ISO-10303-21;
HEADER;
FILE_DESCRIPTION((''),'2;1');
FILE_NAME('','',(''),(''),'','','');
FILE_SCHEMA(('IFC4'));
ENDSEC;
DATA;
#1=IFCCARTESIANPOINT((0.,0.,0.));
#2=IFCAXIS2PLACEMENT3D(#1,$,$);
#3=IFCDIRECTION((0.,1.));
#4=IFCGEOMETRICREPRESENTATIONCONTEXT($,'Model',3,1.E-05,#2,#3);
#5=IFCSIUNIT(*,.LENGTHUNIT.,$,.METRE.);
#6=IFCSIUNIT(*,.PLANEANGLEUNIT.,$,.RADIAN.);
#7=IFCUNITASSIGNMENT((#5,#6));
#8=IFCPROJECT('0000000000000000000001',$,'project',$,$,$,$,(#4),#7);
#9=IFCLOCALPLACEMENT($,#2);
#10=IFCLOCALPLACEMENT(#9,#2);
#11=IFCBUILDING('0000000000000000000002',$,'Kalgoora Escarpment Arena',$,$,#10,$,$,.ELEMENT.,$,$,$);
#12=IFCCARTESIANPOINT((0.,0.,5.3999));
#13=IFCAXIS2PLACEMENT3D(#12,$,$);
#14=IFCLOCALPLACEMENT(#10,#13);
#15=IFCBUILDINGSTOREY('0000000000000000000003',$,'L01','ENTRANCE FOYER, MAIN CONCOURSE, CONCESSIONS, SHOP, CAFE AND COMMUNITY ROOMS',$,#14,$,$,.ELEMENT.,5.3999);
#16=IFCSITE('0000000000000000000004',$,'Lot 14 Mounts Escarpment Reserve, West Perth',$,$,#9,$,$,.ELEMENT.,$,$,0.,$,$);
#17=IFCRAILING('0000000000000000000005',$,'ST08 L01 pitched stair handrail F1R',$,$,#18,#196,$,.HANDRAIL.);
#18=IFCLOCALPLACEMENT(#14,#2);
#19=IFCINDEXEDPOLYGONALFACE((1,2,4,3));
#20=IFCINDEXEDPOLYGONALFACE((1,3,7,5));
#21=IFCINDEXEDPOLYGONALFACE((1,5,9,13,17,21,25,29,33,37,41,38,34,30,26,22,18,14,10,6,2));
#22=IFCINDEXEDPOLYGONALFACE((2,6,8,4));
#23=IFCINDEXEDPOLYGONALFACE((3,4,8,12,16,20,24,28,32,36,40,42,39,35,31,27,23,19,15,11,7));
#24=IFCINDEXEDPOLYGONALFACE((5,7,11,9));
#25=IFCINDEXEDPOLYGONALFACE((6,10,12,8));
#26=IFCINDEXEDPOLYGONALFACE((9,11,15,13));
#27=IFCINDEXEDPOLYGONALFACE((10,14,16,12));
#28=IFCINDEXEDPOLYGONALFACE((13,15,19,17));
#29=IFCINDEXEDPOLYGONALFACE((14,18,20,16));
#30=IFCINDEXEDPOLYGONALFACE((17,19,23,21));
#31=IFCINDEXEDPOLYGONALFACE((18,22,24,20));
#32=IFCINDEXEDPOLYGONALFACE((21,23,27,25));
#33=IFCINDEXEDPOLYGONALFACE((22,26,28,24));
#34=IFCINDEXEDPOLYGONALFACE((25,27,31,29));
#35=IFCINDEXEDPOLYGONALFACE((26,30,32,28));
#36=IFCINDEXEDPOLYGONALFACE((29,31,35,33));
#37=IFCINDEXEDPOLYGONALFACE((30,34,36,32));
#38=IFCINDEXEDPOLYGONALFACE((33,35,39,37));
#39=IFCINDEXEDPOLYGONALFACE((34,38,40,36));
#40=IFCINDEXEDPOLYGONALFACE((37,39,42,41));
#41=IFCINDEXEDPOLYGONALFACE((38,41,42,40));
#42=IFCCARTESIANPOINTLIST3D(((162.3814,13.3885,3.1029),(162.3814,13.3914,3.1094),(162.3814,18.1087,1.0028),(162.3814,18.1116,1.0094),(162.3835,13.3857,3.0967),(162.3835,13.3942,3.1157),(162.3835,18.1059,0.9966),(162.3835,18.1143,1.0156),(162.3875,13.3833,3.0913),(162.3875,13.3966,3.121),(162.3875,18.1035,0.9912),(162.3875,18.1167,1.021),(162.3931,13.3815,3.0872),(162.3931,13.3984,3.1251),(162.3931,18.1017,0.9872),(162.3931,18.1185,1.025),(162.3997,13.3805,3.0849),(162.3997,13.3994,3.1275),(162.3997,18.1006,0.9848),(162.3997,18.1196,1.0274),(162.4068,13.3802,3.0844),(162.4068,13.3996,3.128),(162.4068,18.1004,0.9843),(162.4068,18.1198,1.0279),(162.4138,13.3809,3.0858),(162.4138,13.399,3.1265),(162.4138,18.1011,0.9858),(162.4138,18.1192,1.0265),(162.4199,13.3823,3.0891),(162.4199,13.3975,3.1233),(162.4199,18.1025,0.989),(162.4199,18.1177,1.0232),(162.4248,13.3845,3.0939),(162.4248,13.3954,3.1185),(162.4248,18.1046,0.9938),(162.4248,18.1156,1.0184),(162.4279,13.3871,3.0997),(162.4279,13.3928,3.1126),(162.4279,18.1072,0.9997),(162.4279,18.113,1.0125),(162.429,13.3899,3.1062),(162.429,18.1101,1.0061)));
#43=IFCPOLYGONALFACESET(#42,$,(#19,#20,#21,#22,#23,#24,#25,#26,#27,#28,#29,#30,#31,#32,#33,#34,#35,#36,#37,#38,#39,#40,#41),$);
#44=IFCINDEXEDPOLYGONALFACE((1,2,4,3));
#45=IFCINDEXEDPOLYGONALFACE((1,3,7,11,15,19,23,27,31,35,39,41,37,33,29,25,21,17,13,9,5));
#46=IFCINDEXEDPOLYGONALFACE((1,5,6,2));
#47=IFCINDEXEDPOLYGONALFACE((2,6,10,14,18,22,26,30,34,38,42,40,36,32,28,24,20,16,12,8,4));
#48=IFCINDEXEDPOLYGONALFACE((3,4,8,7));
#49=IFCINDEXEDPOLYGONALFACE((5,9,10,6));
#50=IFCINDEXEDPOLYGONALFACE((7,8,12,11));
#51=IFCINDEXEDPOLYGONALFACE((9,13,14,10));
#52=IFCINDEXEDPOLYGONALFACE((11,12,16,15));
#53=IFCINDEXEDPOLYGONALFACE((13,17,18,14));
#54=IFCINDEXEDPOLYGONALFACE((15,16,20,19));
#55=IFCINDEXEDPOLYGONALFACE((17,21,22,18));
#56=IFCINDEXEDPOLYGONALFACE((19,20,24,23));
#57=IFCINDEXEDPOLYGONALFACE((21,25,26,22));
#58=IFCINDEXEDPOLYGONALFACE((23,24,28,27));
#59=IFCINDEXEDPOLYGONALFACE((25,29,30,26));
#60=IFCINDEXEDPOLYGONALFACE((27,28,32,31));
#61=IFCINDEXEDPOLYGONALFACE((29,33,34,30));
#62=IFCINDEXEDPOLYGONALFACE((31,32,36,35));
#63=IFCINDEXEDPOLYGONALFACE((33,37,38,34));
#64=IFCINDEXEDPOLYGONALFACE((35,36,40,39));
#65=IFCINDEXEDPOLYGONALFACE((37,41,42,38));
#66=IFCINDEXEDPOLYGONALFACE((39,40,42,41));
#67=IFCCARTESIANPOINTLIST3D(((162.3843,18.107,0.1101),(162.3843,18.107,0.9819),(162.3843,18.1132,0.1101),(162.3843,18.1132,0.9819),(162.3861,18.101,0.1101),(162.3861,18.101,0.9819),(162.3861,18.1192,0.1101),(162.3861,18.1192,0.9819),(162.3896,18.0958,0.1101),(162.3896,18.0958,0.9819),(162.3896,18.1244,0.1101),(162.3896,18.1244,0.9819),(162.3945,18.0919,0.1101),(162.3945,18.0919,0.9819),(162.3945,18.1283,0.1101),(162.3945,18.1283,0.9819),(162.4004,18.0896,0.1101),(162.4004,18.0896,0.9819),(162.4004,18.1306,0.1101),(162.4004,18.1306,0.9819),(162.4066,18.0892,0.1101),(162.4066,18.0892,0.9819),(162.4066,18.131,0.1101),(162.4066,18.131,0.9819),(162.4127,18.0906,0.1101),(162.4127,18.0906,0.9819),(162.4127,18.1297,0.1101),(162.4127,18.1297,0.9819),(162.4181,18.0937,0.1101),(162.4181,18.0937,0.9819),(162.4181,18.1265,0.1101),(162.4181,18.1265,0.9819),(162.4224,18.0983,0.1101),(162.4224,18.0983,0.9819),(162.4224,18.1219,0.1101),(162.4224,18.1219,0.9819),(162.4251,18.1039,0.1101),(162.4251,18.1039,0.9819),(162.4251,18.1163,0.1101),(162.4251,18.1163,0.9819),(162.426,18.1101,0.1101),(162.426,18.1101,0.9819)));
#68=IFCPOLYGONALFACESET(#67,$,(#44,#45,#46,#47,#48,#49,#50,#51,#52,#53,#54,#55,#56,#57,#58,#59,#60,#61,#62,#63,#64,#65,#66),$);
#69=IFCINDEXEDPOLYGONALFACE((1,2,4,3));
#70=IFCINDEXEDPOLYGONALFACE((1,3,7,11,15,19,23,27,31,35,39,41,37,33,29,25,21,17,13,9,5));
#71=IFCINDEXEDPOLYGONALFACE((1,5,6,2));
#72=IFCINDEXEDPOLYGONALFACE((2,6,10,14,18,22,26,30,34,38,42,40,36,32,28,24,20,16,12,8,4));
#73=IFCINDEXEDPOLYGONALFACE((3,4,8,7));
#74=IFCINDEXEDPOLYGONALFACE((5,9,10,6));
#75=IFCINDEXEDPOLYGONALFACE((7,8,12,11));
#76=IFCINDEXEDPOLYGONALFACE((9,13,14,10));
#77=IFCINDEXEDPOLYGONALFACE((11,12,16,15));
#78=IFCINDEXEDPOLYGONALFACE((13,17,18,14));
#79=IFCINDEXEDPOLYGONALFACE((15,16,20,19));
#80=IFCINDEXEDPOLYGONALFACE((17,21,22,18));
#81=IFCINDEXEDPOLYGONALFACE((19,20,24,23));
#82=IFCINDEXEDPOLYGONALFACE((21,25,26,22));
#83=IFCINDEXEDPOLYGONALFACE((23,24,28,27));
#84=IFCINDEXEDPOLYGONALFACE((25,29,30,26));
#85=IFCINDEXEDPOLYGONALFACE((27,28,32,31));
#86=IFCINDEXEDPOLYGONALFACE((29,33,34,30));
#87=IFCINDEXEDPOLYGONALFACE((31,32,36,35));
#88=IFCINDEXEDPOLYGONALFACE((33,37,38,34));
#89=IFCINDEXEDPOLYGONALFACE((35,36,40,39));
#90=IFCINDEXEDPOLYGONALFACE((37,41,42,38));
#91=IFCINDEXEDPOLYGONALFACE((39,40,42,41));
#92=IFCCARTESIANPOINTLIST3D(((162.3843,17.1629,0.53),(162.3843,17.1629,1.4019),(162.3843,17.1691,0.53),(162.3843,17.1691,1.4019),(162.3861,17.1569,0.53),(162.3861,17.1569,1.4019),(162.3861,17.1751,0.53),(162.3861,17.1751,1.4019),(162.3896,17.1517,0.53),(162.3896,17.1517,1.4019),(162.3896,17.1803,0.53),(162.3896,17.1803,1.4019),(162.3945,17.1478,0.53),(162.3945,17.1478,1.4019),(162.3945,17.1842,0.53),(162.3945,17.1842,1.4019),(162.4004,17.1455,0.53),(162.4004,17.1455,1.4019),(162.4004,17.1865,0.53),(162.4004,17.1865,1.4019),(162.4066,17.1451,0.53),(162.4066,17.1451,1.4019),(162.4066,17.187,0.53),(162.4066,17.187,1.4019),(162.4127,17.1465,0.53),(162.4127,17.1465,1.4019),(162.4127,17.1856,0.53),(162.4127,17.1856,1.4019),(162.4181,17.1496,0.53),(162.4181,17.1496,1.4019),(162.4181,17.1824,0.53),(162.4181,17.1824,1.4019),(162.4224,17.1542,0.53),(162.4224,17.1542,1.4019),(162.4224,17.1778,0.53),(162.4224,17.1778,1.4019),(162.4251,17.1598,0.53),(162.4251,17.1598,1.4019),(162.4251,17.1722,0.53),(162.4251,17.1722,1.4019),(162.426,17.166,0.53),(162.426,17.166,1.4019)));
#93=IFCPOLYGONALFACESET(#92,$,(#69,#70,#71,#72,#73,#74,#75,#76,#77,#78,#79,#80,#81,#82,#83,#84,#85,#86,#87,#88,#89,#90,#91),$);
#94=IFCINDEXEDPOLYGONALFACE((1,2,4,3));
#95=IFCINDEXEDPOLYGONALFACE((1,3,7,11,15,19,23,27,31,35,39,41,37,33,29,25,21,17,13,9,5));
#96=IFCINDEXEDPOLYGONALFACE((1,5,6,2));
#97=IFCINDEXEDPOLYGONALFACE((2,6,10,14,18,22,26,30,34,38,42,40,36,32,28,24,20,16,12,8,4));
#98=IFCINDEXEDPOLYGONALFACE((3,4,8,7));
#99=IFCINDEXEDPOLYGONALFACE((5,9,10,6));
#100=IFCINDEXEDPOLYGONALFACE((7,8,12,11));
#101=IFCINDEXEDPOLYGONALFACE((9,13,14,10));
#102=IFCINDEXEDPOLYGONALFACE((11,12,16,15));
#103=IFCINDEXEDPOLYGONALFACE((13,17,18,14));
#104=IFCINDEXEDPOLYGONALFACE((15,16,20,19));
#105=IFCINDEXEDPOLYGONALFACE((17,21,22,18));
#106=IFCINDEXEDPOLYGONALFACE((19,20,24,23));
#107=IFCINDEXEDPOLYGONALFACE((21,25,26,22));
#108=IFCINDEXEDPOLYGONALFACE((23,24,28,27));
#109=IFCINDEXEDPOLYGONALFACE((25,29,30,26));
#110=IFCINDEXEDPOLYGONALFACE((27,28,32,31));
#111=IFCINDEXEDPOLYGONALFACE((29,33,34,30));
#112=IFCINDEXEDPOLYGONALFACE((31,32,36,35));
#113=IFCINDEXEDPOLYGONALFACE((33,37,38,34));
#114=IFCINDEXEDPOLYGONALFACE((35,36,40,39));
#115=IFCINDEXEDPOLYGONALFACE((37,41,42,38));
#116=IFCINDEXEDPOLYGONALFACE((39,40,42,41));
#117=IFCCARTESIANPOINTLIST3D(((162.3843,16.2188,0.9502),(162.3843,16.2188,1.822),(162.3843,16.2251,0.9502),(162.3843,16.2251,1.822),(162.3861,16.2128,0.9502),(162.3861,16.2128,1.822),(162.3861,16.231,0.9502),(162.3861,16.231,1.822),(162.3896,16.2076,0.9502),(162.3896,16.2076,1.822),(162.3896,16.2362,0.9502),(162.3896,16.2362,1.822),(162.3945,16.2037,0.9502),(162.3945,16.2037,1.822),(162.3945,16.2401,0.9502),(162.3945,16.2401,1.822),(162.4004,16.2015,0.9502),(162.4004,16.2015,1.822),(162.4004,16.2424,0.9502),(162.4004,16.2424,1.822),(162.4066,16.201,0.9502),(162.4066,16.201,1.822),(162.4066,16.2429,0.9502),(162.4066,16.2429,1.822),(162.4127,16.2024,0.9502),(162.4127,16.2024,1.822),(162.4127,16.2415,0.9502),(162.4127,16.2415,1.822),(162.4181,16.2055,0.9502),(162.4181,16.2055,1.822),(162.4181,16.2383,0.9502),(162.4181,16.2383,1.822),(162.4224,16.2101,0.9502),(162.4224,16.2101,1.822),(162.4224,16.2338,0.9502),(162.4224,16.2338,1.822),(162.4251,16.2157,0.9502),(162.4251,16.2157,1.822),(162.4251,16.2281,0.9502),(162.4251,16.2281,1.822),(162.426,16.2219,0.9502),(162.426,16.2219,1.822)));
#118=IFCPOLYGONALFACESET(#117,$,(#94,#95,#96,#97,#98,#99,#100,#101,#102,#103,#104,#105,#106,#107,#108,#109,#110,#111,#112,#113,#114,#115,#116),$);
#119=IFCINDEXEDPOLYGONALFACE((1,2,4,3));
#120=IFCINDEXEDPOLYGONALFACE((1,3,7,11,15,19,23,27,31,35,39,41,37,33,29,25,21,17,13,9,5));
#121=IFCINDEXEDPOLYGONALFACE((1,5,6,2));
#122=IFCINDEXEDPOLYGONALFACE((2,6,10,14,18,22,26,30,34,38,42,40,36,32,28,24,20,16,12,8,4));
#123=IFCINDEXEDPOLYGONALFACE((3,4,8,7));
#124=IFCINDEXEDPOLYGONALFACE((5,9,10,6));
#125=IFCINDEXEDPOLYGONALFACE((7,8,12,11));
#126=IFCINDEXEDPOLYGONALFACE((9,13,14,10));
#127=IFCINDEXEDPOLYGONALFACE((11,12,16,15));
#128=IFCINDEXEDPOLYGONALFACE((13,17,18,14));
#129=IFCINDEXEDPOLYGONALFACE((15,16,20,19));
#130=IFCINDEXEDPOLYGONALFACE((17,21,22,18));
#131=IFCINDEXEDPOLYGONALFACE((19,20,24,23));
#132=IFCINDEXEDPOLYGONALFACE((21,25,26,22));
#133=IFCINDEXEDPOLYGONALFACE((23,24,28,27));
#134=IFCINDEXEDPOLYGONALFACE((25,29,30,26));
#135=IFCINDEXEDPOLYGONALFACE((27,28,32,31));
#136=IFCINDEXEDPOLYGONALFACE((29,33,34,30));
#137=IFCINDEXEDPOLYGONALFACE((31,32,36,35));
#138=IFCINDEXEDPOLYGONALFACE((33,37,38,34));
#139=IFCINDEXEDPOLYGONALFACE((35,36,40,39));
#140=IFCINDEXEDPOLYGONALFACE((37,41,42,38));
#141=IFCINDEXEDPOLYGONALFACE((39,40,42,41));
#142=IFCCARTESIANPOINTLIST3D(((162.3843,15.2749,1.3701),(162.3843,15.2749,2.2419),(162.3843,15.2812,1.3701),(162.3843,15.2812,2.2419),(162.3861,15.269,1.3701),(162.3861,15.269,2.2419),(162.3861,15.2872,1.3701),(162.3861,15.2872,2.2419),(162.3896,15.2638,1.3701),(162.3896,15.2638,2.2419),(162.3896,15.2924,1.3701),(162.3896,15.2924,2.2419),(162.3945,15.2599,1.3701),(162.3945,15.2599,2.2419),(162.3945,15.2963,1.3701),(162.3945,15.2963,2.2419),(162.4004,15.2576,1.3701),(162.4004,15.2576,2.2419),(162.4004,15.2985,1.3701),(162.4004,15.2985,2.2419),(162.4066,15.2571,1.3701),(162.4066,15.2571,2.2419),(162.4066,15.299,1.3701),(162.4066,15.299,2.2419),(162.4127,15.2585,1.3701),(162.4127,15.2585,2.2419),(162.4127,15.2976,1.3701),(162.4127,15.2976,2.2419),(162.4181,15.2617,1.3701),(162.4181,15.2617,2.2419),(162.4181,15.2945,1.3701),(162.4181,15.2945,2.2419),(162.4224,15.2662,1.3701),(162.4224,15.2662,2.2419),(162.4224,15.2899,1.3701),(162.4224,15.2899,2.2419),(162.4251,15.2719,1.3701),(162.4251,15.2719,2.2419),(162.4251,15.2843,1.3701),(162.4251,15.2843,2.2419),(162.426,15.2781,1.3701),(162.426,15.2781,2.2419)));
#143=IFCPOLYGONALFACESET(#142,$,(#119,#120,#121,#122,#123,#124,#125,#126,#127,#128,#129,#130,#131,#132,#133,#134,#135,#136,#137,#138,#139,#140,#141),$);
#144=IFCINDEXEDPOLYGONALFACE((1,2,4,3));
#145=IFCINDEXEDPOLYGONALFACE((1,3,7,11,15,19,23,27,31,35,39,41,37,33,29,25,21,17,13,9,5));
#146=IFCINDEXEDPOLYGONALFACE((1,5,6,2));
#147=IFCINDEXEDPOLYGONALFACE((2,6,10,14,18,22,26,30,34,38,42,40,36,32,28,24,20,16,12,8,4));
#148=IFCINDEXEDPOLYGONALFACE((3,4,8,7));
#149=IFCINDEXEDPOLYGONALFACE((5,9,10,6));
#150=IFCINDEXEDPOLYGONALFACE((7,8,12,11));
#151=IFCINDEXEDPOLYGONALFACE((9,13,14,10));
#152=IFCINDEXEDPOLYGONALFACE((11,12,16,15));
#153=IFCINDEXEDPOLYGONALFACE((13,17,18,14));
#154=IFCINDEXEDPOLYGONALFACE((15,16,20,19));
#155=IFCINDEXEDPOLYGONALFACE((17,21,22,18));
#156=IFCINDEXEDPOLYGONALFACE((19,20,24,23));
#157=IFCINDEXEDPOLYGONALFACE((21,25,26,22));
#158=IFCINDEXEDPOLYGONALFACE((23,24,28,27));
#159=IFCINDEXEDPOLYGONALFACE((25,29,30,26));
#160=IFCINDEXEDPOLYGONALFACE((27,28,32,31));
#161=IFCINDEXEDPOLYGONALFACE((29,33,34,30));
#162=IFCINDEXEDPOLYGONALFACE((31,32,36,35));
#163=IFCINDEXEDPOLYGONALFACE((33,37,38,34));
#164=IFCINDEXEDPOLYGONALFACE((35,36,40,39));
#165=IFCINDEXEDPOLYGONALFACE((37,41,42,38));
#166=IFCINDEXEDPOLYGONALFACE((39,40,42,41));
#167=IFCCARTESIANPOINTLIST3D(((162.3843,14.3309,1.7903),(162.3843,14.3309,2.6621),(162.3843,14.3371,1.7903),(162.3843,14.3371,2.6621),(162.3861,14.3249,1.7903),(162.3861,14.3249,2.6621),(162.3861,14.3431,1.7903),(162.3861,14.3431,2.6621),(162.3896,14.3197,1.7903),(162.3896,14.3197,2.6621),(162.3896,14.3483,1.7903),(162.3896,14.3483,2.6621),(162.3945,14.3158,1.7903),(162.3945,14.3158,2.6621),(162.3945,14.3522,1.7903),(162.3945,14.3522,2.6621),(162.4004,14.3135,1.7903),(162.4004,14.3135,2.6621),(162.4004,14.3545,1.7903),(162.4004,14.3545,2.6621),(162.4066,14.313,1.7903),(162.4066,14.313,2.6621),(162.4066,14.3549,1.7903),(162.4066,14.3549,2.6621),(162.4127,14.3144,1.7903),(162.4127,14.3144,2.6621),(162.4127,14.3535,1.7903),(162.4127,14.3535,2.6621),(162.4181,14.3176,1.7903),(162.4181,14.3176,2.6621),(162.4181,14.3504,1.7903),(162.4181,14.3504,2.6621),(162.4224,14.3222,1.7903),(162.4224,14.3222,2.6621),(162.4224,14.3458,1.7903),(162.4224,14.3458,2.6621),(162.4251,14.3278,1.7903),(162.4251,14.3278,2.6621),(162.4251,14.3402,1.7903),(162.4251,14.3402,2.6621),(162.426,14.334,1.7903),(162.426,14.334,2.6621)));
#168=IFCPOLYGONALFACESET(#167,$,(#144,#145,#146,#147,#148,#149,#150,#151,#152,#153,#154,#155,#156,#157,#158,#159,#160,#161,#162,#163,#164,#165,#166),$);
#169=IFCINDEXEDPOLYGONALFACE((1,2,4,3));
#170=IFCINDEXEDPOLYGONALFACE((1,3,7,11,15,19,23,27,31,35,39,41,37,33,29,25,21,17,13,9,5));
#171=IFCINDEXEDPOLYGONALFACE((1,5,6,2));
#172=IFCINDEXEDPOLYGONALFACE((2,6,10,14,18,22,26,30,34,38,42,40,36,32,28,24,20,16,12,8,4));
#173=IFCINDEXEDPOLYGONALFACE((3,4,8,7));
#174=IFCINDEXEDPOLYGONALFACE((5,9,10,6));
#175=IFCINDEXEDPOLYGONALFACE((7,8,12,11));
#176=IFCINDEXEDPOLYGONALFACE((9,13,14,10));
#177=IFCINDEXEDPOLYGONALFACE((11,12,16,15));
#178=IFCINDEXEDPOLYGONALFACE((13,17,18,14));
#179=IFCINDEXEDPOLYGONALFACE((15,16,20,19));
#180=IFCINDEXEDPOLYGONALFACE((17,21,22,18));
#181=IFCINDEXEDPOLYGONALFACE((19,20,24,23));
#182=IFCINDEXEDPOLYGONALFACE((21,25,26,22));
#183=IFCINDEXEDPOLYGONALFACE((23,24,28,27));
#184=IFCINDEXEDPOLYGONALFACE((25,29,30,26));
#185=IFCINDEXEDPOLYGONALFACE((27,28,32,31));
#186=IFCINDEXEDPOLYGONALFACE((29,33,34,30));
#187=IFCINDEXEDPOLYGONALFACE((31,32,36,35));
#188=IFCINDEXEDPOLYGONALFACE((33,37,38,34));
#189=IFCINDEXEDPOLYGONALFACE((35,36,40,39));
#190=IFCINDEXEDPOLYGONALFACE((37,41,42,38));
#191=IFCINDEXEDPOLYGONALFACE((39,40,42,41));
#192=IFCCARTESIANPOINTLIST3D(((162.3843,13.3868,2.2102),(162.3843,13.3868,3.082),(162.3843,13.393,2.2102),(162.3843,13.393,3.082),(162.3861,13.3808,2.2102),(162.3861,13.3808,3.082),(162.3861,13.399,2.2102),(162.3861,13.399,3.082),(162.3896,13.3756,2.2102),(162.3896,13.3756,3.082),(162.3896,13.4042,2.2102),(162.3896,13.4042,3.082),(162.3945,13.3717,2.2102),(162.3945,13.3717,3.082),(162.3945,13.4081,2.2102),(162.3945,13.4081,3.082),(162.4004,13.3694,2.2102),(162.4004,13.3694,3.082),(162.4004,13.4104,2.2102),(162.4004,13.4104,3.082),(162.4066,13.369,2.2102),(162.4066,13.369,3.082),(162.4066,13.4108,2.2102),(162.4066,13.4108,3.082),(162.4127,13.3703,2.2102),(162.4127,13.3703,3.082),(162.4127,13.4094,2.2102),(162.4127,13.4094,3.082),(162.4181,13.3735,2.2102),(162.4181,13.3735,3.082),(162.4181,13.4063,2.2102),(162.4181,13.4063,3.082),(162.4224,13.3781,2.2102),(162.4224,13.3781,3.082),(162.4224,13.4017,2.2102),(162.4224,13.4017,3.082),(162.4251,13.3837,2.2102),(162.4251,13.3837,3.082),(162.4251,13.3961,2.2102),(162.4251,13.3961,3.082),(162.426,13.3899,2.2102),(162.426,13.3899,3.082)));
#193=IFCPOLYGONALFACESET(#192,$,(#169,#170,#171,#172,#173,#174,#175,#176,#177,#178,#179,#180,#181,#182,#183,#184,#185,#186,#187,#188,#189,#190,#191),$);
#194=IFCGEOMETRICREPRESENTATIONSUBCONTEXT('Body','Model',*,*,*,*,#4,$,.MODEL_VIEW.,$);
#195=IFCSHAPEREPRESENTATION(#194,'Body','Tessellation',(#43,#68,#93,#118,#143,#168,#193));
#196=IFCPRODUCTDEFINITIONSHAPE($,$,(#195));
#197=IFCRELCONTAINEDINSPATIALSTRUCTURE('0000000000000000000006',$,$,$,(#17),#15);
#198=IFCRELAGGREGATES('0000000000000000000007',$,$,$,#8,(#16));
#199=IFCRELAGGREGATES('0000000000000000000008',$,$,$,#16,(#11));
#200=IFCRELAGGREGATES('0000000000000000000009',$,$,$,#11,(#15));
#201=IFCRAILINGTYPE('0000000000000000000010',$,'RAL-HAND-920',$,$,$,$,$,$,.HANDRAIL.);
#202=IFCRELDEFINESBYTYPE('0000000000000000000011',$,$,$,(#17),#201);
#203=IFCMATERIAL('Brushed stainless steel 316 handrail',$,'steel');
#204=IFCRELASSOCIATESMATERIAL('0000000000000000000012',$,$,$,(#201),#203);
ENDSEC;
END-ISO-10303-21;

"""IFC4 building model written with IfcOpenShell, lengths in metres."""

from ifc_helpers import new_model, si_unit, direction, frame, origin, origin_2d, place, context, subcontext, project, spatial, circle, extrude, material, type_object, element, save


model = new_model("IFC4")

# Units and contexts
model_context = context("Model", 3, precision=1e-05, world=origin(), true_north=direction((0.0, 1.0)))
body_context = subcontext(model_context, "Body", "Model", "MODEL_VIEW")
ifc_project = project(units=[si_unit("LENGTHUNIT", "METRE"), si_unit("PLANEANGLEUNIT", "RADIAN")], contexts=[model_context])

# Site, building, storey
site_placement = place(None, origin())
site = spatial("IfcSite", under=ifc_project, at=site_placement, Name="Lot 14 Mounts Escarpment Reserve, West Perth", CompositionType="ELEMENT", RefElevation=0.0)
building_placement = place(site_placement, origin())
building = spatial("IfcBuilding", under=site, at=building_placement, Name="Kalgoora Escarpment Arena", CompositionType="ELEMENT")
storey_placement = place(building_placement, frame((0.0, 0.0, 5.3999)))
storey = spatial("IfcBuildingStorey", under=building, at=storey_placement, Name="L01", Description="ENTRANCE FOYER, MAIN CONCOURSE, CONCESSIONS, SHOP, CAFE AND COMMUNITY ROOMS", CompositionType="ELEMENT", Elevation=5.3999)

# Railing
ifc_material_1 = material(Name="Brushed stainless steel 316 handrail", Category="steel")
railing_type_1 = type_object("IfcRailingType", Name="RAL-HAND-920", PredefinedType="HANDRAIL", material=ifc_material_1)
for number, where, name in (
    (1, (162.405, 18.1101, 0.1101), "ST08 L01 pitched stair handrail F1R"),
):
    element("IfcRailing", number, at=place(storey_placement, frame(where)), inside=storey, type_object=railing_type_1, Name=name, PredefinedType="HANDRAIL", context=body_context, shape_type="SweptSolid", body=[
        extrude(circle(Radius=0.0239, at=origin_2d()), frame((0.0, 0.0, 0.896), z_axis=(0.0, -0.913652, 0.406498), x_axis=(1.0, 0.0, 0.0)), (0.0, 0.0, 1.0), 5.1663),
        extrude(circle(Radius=0.021, at=origin_2d()), origin(), (0.0, 0.0, 1.0), 0.8718),
        extrude(circle(Radius=0.021, at=origin_2d()), frame((0.0, -0.9441, 0.4199)), (0.0, 0.0, 1.0), 0.8718),
        extrude(circle(Radius=0.021, at=origin_2d()), frame((0.0, -1.8882, 0.8401)), (0.0, 0.0, 1.0), 0.8718),
        extrude(circle(Radius=0.021, at=origin_2d()), frame((0.0, -2.832, 1.26)), (0.0, 0.0, 1.0), 0.8718),
        extrude(circle(Radius=0.021, at=origin_2d()), frame((0.0, -3.7761, 1.6802)), (0.0, 0.0, 1.0), 0.8718),
        extrude(circle(Radius=0.021, at=origin_2d()), frame((0.0, -4.7202, 2.1001)), (0.0, 0.0, 1.0), 0.8718),
    ])

save(model, "model.ifc")
